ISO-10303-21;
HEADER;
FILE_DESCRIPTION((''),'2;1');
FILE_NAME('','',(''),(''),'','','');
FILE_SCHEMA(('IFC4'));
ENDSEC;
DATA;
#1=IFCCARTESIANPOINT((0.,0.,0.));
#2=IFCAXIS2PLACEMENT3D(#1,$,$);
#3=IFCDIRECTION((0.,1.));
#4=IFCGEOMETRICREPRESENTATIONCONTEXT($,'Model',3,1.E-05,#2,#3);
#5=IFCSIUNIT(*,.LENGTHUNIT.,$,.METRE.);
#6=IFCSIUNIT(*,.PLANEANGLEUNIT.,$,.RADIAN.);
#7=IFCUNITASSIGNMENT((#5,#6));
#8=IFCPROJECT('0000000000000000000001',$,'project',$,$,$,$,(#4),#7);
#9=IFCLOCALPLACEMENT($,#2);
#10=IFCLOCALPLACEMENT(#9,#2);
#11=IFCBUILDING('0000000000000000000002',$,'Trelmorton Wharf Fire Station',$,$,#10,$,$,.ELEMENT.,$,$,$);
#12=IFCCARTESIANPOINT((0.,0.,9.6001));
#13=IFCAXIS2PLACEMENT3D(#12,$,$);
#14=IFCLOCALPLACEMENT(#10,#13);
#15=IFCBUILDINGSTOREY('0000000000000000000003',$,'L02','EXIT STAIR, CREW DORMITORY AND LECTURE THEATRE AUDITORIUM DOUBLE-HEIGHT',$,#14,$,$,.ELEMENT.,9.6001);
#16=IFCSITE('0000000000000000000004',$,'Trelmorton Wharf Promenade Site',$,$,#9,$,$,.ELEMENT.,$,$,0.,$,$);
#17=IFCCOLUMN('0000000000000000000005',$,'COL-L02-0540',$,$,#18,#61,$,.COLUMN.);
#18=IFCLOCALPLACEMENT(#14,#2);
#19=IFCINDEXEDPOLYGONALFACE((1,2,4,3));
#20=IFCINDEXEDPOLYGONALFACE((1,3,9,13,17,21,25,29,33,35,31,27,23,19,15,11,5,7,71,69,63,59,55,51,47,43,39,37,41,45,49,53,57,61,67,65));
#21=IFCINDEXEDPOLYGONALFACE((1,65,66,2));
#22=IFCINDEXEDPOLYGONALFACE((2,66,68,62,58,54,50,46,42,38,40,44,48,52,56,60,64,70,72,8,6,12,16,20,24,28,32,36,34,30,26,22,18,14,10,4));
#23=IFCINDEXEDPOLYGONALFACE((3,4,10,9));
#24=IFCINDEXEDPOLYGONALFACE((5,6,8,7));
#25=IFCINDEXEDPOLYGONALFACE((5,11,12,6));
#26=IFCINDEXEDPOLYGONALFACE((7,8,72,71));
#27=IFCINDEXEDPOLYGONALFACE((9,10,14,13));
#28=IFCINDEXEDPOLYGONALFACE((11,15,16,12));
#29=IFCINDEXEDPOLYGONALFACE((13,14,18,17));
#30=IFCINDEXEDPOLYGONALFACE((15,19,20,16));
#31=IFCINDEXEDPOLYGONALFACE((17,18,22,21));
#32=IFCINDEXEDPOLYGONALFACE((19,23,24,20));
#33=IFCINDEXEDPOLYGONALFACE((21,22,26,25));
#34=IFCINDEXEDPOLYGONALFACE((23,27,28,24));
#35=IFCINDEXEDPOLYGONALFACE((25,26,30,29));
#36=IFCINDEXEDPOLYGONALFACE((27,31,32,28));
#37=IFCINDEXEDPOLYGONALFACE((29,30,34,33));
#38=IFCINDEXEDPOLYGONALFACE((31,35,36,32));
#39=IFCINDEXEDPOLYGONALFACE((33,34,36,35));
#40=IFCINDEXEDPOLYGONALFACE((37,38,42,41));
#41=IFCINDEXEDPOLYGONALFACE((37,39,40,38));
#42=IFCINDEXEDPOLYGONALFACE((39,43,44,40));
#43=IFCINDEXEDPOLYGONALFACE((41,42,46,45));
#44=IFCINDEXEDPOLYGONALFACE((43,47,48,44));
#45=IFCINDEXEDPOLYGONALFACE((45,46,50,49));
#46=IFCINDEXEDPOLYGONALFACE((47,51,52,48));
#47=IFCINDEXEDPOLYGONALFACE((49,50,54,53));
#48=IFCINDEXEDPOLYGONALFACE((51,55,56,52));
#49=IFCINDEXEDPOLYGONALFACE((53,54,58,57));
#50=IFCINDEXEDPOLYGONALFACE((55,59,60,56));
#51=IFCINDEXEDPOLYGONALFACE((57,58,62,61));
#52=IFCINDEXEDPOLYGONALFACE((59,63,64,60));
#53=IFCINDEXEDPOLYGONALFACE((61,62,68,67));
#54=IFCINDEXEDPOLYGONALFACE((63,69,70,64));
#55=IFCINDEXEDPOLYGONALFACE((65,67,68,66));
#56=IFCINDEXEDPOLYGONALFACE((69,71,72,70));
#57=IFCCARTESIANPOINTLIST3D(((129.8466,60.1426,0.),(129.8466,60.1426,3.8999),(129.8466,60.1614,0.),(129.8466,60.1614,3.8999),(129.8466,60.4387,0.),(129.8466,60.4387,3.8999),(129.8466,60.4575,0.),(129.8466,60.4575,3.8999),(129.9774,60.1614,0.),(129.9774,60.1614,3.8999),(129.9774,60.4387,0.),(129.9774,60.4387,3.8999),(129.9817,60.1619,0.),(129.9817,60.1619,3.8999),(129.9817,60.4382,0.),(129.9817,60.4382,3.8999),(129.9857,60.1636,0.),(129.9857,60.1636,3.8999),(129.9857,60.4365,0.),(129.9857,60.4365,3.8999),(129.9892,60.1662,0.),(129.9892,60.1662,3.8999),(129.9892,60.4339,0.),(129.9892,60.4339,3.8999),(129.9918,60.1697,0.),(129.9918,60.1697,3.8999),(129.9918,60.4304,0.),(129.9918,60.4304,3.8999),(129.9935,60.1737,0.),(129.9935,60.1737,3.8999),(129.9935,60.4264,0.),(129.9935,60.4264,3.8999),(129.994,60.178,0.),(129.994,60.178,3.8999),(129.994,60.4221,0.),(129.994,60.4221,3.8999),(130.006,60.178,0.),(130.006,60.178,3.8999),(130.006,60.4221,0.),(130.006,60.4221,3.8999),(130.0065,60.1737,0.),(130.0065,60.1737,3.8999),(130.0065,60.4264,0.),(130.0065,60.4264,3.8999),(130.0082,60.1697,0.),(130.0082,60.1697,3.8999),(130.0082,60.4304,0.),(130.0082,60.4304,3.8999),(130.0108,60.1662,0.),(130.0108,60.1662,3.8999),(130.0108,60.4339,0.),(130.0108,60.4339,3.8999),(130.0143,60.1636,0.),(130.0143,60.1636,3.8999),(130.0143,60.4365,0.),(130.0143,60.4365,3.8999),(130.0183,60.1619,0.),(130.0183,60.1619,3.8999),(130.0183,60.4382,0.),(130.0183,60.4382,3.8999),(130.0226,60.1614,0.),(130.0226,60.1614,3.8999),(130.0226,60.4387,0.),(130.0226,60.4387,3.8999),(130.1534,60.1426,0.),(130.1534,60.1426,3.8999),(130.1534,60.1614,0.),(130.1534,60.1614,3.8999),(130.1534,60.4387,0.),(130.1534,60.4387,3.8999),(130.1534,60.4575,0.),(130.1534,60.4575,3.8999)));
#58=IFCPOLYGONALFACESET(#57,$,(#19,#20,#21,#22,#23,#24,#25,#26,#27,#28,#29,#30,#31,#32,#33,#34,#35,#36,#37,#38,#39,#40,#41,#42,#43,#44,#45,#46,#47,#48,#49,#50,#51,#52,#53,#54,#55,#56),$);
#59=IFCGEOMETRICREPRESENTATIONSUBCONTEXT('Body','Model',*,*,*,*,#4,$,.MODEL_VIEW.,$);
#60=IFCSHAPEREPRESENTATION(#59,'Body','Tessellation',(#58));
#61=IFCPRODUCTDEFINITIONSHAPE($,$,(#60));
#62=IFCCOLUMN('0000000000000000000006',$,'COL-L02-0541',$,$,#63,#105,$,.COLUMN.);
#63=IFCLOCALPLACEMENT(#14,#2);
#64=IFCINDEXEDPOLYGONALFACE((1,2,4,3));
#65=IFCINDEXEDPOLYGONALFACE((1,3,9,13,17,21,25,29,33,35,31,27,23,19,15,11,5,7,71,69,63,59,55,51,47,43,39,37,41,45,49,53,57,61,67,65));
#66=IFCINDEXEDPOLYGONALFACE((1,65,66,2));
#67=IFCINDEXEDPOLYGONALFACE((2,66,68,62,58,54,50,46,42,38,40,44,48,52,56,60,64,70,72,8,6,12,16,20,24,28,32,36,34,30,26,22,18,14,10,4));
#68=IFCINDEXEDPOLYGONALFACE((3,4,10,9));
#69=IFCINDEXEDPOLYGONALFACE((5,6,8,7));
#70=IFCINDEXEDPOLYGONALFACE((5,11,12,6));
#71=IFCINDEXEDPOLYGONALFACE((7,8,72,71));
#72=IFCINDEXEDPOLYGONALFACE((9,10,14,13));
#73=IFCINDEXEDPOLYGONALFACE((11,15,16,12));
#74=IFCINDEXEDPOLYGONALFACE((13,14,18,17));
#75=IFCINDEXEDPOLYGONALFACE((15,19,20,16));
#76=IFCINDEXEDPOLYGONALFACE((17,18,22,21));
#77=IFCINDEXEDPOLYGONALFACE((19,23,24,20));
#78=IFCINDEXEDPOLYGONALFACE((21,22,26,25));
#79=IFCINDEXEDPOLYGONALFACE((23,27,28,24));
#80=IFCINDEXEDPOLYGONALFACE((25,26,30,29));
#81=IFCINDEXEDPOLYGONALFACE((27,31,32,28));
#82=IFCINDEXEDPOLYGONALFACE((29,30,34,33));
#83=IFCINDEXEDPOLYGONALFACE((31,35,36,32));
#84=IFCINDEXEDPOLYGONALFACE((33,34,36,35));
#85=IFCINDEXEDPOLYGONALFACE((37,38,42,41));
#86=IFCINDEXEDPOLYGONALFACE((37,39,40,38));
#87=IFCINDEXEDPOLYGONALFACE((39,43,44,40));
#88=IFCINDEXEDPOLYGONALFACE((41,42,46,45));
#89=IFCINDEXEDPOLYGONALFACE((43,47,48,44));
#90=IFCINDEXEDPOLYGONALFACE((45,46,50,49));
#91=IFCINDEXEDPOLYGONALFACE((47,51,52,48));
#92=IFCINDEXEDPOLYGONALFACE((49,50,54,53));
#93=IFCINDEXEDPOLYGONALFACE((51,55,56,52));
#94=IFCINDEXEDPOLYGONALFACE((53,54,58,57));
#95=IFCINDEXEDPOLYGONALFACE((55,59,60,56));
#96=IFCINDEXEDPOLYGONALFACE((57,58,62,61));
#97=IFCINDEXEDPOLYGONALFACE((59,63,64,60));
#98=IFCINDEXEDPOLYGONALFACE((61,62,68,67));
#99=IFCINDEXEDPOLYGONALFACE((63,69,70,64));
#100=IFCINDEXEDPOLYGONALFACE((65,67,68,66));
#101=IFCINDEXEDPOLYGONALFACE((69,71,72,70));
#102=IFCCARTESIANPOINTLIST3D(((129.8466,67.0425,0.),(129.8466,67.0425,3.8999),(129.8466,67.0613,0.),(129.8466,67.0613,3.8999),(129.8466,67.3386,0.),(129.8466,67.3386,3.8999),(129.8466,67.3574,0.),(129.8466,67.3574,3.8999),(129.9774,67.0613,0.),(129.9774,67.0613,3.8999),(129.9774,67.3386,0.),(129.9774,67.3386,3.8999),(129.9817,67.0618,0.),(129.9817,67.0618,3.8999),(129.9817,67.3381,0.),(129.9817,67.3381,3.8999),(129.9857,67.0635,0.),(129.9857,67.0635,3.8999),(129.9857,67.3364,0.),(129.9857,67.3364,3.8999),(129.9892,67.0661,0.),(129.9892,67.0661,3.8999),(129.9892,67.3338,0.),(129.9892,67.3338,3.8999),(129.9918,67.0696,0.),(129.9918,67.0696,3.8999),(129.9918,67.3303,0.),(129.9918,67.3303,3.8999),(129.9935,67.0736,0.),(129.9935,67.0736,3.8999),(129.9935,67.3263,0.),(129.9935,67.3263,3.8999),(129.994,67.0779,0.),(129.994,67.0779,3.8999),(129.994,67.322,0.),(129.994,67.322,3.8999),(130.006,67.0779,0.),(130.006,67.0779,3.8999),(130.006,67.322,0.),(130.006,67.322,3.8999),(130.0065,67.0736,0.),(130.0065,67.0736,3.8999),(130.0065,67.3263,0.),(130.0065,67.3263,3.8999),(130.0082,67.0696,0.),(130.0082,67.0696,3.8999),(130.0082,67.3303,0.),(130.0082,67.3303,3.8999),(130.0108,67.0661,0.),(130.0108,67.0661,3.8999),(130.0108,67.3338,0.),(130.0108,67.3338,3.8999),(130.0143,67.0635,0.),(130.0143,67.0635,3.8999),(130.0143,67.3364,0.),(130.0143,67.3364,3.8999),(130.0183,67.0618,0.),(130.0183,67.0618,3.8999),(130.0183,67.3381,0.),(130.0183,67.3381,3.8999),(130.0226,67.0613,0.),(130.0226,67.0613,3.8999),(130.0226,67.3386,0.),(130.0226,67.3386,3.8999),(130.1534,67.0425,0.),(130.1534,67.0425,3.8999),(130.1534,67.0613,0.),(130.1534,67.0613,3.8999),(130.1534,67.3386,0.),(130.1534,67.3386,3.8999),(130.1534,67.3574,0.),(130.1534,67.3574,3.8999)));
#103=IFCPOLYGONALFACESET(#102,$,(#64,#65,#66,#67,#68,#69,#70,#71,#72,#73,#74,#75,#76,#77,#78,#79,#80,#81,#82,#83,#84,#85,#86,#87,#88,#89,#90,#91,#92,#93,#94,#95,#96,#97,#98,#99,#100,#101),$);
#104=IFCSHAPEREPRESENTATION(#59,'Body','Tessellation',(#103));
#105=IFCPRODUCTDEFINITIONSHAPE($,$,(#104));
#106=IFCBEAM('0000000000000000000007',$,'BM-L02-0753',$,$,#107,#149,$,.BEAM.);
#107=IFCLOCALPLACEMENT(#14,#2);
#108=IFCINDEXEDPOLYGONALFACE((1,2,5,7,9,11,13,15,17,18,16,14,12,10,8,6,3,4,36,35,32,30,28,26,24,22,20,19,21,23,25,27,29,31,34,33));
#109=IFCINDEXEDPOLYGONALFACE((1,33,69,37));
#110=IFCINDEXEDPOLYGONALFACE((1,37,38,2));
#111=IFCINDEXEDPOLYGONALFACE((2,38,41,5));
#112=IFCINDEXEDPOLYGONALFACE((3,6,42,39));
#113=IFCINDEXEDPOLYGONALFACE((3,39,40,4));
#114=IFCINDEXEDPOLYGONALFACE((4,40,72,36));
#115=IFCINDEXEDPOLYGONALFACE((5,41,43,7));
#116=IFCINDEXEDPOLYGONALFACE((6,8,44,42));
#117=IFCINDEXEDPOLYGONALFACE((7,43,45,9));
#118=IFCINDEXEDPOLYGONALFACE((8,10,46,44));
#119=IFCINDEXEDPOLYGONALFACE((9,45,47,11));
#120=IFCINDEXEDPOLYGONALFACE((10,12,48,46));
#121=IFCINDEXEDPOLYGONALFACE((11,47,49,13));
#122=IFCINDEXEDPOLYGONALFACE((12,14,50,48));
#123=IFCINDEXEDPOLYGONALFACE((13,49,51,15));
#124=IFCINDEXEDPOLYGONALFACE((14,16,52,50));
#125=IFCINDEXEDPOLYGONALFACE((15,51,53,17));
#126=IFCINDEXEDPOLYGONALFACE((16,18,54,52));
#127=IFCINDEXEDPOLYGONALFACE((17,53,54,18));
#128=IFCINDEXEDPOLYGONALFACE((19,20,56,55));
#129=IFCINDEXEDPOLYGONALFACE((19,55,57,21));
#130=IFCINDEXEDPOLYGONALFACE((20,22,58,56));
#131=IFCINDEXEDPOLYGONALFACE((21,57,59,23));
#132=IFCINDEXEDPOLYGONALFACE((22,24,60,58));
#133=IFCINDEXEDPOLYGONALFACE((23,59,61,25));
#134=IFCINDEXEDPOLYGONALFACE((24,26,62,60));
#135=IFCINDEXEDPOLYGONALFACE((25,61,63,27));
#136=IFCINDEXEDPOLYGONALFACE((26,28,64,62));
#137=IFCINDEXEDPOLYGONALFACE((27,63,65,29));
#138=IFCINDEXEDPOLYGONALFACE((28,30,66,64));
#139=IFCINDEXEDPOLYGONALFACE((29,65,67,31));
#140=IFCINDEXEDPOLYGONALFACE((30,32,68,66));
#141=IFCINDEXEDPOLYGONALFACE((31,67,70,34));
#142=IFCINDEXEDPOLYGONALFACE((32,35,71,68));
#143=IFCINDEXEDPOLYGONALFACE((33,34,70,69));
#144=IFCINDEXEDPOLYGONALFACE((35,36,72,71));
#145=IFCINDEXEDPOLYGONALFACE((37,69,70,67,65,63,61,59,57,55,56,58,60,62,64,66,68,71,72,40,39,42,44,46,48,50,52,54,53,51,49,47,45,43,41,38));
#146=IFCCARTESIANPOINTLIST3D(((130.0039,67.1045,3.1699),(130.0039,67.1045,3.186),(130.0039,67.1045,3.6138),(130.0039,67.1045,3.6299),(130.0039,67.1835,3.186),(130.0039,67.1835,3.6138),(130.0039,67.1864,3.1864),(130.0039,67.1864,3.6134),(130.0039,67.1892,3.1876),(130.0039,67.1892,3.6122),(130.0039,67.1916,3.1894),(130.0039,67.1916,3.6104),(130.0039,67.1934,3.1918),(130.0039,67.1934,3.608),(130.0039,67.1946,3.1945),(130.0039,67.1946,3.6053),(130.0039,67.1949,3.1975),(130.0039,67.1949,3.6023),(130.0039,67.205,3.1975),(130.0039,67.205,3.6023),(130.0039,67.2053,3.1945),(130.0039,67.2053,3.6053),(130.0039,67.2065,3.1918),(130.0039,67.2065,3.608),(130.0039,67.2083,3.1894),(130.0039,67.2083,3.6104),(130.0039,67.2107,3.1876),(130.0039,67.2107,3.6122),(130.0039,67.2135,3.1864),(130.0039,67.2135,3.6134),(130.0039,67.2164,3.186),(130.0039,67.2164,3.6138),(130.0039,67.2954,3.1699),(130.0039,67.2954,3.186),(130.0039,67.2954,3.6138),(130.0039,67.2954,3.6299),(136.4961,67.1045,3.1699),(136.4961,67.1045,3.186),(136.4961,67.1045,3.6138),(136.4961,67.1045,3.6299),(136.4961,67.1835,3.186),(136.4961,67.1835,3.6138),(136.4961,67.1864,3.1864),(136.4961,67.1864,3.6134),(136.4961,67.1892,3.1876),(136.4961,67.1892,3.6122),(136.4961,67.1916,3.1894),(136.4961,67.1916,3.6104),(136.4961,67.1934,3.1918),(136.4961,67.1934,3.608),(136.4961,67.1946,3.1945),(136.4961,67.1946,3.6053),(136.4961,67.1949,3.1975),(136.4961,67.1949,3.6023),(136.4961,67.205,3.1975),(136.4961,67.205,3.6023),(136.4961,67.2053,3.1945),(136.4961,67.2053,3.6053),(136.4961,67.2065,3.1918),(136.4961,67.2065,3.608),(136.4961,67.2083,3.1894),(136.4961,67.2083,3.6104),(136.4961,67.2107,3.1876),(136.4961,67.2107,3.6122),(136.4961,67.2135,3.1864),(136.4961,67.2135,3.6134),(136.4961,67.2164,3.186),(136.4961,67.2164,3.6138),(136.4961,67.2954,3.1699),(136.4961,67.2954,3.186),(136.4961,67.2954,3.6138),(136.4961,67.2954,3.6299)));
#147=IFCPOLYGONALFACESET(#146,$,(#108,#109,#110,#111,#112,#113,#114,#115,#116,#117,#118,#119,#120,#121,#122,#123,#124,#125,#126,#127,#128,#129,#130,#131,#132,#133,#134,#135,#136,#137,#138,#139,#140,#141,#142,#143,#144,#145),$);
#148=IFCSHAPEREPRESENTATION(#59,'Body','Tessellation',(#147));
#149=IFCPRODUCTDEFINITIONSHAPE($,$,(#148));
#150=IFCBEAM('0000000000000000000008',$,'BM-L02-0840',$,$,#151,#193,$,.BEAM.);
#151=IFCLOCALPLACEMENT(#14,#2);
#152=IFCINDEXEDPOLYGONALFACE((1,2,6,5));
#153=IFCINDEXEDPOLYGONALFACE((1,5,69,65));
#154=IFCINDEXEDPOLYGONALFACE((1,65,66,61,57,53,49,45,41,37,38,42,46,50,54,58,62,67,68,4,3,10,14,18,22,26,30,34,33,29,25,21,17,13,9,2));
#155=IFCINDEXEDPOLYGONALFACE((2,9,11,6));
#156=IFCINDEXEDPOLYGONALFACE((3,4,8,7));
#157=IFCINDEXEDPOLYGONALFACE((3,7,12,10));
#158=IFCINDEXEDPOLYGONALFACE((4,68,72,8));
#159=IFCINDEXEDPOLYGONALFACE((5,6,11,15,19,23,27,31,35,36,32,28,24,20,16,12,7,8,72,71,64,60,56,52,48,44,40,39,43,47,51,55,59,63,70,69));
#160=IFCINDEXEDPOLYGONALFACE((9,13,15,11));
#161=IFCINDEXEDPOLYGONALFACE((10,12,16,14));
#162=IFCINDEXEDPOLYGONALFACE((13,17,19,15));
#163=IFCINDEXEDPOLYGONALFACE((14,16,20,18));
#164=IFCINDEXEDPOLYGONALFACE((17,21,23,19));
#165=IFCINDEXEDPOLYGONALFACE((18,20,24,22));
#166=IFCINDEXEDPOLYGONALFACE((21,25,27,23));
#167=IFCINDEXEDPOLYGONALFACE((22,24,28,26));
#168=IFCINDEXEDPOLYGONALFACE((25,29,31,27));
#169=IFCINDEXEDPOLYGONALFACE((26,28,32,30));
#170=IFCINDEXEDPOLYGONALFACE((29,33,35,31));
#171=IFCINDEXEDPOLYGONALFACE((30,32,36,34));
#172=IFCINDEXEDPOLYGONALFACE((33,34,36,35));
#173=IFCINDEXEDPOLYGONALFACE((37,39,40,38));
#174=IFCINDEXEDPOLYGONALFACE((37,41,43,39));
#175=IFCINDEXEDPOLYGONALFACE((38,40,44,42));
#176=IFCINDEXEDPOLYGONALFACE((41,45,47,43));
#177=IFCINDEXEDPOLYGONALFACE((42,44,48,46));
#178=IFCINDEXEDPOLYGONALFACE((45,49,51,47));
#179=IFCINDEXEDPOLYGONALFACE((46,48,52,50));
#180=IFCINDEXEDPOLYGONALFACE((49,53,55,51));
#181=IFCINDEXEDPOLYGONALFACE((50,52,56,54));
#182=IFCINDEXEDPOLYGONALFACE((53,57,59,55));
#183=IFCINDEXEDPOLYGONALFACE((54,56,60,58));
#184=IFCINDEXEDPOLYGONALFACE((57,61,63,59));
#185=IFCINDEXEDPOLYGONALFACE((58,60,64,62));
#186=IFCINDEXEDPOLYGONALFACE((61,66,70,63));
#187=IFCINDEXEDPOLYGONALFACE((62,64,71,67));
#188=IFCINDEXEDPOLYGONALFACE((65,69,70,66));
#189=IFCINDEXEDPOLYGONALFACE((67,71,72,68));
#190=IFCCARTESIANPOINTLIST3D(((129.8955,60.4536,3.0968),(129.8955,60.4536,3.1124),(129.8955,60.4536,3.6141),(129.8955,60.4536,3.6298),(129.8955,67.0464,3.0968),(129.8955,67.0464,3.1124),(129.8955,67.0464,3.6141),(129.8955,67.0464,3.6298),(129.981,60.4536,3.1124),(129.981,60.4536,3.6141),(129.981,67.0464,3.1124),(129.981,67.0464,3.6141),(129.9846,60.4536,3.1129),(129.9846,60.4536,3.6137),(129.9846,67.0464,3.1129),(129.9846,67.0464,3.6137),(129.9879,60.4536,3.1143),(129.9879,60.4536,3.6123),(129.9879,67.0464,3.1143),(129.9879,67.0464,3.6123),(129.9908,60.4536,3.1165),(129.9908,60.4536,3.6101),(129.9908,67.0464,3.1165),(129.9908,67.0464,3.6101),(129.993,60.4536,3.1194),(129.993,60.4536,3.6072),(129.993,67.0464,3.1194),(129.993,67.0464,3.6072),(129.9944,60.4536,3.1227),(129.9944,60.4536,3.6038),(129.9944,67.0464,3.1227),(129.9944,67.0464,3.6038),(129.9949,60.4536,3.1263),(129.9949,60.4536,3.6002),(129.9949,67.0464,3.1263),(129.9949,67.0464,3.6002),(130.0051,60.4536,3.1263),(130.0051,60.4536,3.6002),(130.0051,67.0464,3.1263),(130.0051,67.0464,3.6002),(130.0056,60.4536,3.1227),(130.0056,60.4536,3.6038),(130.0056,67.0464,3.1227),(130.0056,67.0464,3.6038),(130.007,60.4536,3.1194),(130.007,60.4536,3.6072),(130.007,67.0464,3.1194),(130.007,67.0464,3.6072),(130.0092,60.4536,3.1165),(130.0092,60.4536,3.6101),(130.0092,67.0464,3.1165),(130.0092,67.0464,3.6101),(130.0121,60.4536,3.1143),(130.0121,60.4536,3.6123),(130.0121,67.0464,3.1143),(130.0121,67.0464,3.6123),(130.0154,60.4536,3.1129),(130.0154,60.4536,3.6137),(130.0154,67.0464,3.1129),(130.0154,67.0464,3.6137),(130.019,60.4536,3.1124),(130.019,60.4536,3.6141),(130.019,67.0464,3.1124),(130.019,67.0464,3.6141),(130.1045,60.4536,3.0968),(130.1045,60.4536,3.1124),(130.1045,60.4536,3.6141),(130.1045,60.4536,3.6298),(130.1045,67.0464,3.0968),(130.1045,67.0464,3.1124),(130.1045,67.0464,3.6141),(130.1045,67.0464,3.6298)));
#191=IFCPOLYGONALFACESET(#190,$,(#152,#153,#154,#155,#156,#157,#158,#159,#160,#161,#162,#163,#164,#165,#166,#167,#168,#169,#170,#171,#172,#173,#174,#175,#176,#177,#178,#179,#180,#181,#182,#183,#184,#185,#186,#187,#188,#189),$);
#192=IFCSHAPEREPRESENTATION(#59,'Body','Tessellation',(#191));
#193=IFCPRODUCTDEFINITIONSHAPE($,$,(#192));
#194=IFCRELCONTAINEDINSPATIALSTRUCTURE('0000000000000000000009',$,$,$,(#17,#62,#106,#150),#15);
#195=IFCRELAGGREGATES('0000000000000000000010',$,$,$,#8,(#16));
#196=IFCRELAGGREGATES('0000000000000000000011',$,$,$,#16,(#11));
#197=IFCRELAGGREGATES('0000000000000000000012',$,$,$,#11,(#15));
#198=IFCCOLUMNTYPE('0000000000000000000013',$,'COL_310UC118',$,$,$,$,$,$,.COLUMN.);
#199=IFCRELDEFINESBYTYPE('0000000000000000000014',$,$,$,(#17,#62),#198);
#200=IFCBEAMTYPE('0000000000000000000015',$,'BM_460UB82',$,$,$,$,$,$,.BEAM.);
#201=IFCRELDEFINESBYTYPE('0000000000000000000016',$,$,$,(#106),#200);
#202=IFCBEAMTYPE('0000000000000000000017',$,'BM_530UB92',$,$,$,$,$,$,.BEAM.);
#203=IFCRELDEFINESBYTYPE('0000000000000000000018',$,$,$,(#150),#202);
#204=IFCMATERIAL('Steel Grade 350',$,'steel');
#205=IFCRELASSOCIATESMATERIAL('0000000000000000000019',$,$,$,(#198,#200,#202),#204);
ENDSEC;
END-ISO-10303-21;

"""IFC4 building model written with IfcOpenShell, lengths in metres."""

from ifc_helpers import new_model, si_unit, direction, frame, origin, origin_2d, place, context, subcontext, project, spatial, i_section, extrude, material, material_profile, profile_set, type_object, element, save


model = new_model("IFC4")

# Units and contexts
model_context = context("Model", 3, precision=1e-05, world=origin(), true_north=direction((0.0, 1.0)))
body_context = subcontext(model_context, "Body", "Model", "MODEL_VIEW")
ifc_project = project(units=[si_unit("LENGTHUNIT", "METRE"), si_unit("PLANEANGLEUNIT", "RADIAN")], contexts=[model_context])

# Site, building, storey
site_placement = place(None, origin())
site = spatial("IfcSite", under=ifc_project, at=site_placement, Name="Trelmorton Wharf Promenade Site", CompositionType="ELEMENT", RefElevation=0.0)
building_placement = place(site_placement, origin())
building = spatial("IfcBuilding", under=site, at=building_placement, Name="Trelmorton Wharf Fire Station", CompositionType="ELEMENT")
storey_placement = place(building_placement, frame((0.0, 0.0, 9.6001)))
storey = spatial("IfcBuildingStorey", under=building, at=storey_placement, Name="L02", Description="EXIT STAIR, CREW DORMITORY AND LECTURE THEATRE AUDITORIUM DOUBLE-HEIGHT", CompositionType="ELEMENT", Elevation=9.6001)

# Columns
ifc_material_1 = material(Name="Steel Grade 350", Category="steel")
ifc_material_profile_1 = material_profile(ifc_material_1, i_section(OverallWidth=0.3069, OverallDepth=0.3149, WebThickness=0.012, FlangeThickness=0.0188, FilletRadius=0.0166, at=origin_2d()), Name="310UC118")
ifc_profile_set_1 = profile_set([ifc_material_profile_1], Name="Steel Grade 350")
column_type = type_object("IfcColumnType", Name="COL_310UC118", PredefinedType="COLUMN", material=ifc_profile_set_1)
for number, where, z_axis, x_axis, name in (
    (1, (130.0, 60.3, 0.0), (0.0, 0.0, 1.0), (1.0, 0.0, 0.0), "COL-L02-0540"),
    (2, (130.0, 67.2, 0.0), (0.0, 0.0, 1.0), (1.0, 0.0, 0.0), "COL-L02-0541"),
):
    element("IfcColumn", number, at=place(storey_placement, frame(where, z_axis=z_axis, x_axis=x_axis)), inside=storey, type_object=column_type, Name=name, PredefinedType="COLUMN", context=body_context, shape_type="SweptSolid", body=[
        extrude(i_section(OverallWidth=0.3069, OverallDepth=0.3149, WebThickness=0.012, FlangeThickness=0.0188, FilletRadius=0.0166, at=origin_2d()), origin(), (0.0, 0.0, 1.0), 3.8999),
    ])

# Beams
ifc_material_profile_2 = material_profile(ifc_material_1, i_section(OverallWidth=0.1909, OverallDepth=0.46, WebThickness=0.01, FlangeThickness=0.0161, FilletRadius=0.0115, at=origin_2d()), Name="460UB82.1")
ifc_profile_set_2 = profile_set([ifc_material_profile_2], Name="Steel Grade 350")
beam_type_1 = type_object("IfcBeamType", Name="BM_460UB82", PredefinedType="BEAM", material=ifc_profile_set_2)
beam_1_placement = place(storey_placement, frame((130.0039, 67.2, 3.3999), z_axis=(1.0, 0.0, 0.0), x_axis=(0.0, 1.0, 0.0)))
element("IfcBeam", 3, at=beam_1_placement, inside=storey, type_object=beam_type_1, Name="BM-L02-0753", PredefinedType="BEAM", context=body_context, shape_type="SweptSolid", body=[
    extrude(i_section(OverallWidth=0.1909, OverallDepth=0.46, WebThickness=0.01, FlangeThickness=0.0161, FilletRadius=0.0115, at=origin_2d()), origin(), (0.0, 0.0, 1.0), 6.4922),
])
ifc_material_profile_3 = material_profile(ifc_material_1, i_section(OverallWidth=0.209, OverallDepth=0.533, WebThickness=0.0103, FlangeThickness=0.0156, FilletRadius=0.0139, at=origin_2d()), Name="530UB92.4")
ifc_profile_set_3 = profile_set([ifc_material_profile_3], Name="Steel Grade 350")
beam_type_2 = type_object("IfcBeamType", Name="BM_530UB92", PredefinedType="BEAM", material=ifc_profile_set_3)
beam_2_placement = place(storey_placement, frame((130.0, 60.4536, 3.3633), z_axis=(0.0, 1.0, 0.0), x_axis=(-1.0, 0.0, 0.0)))
element("IfcBeam", 4, at=beam_2_placement, inside=storey, type_object=beam_type_2, Name="BM-L02-0840", PredefinedType="BEAM", context=body_context, shape_type="SweptSolid", body=[
    extrude(i_section(OverallWidth=0.209, OverallDepth=0.533, WebThickness=0.0103, FlangeThickness=0.0156, FilletRadius=0.0139, at=origin_2d()), origin(), (0.0, 0.0, 1.0), 6.5928),
])

save(model, "model.ifc")
